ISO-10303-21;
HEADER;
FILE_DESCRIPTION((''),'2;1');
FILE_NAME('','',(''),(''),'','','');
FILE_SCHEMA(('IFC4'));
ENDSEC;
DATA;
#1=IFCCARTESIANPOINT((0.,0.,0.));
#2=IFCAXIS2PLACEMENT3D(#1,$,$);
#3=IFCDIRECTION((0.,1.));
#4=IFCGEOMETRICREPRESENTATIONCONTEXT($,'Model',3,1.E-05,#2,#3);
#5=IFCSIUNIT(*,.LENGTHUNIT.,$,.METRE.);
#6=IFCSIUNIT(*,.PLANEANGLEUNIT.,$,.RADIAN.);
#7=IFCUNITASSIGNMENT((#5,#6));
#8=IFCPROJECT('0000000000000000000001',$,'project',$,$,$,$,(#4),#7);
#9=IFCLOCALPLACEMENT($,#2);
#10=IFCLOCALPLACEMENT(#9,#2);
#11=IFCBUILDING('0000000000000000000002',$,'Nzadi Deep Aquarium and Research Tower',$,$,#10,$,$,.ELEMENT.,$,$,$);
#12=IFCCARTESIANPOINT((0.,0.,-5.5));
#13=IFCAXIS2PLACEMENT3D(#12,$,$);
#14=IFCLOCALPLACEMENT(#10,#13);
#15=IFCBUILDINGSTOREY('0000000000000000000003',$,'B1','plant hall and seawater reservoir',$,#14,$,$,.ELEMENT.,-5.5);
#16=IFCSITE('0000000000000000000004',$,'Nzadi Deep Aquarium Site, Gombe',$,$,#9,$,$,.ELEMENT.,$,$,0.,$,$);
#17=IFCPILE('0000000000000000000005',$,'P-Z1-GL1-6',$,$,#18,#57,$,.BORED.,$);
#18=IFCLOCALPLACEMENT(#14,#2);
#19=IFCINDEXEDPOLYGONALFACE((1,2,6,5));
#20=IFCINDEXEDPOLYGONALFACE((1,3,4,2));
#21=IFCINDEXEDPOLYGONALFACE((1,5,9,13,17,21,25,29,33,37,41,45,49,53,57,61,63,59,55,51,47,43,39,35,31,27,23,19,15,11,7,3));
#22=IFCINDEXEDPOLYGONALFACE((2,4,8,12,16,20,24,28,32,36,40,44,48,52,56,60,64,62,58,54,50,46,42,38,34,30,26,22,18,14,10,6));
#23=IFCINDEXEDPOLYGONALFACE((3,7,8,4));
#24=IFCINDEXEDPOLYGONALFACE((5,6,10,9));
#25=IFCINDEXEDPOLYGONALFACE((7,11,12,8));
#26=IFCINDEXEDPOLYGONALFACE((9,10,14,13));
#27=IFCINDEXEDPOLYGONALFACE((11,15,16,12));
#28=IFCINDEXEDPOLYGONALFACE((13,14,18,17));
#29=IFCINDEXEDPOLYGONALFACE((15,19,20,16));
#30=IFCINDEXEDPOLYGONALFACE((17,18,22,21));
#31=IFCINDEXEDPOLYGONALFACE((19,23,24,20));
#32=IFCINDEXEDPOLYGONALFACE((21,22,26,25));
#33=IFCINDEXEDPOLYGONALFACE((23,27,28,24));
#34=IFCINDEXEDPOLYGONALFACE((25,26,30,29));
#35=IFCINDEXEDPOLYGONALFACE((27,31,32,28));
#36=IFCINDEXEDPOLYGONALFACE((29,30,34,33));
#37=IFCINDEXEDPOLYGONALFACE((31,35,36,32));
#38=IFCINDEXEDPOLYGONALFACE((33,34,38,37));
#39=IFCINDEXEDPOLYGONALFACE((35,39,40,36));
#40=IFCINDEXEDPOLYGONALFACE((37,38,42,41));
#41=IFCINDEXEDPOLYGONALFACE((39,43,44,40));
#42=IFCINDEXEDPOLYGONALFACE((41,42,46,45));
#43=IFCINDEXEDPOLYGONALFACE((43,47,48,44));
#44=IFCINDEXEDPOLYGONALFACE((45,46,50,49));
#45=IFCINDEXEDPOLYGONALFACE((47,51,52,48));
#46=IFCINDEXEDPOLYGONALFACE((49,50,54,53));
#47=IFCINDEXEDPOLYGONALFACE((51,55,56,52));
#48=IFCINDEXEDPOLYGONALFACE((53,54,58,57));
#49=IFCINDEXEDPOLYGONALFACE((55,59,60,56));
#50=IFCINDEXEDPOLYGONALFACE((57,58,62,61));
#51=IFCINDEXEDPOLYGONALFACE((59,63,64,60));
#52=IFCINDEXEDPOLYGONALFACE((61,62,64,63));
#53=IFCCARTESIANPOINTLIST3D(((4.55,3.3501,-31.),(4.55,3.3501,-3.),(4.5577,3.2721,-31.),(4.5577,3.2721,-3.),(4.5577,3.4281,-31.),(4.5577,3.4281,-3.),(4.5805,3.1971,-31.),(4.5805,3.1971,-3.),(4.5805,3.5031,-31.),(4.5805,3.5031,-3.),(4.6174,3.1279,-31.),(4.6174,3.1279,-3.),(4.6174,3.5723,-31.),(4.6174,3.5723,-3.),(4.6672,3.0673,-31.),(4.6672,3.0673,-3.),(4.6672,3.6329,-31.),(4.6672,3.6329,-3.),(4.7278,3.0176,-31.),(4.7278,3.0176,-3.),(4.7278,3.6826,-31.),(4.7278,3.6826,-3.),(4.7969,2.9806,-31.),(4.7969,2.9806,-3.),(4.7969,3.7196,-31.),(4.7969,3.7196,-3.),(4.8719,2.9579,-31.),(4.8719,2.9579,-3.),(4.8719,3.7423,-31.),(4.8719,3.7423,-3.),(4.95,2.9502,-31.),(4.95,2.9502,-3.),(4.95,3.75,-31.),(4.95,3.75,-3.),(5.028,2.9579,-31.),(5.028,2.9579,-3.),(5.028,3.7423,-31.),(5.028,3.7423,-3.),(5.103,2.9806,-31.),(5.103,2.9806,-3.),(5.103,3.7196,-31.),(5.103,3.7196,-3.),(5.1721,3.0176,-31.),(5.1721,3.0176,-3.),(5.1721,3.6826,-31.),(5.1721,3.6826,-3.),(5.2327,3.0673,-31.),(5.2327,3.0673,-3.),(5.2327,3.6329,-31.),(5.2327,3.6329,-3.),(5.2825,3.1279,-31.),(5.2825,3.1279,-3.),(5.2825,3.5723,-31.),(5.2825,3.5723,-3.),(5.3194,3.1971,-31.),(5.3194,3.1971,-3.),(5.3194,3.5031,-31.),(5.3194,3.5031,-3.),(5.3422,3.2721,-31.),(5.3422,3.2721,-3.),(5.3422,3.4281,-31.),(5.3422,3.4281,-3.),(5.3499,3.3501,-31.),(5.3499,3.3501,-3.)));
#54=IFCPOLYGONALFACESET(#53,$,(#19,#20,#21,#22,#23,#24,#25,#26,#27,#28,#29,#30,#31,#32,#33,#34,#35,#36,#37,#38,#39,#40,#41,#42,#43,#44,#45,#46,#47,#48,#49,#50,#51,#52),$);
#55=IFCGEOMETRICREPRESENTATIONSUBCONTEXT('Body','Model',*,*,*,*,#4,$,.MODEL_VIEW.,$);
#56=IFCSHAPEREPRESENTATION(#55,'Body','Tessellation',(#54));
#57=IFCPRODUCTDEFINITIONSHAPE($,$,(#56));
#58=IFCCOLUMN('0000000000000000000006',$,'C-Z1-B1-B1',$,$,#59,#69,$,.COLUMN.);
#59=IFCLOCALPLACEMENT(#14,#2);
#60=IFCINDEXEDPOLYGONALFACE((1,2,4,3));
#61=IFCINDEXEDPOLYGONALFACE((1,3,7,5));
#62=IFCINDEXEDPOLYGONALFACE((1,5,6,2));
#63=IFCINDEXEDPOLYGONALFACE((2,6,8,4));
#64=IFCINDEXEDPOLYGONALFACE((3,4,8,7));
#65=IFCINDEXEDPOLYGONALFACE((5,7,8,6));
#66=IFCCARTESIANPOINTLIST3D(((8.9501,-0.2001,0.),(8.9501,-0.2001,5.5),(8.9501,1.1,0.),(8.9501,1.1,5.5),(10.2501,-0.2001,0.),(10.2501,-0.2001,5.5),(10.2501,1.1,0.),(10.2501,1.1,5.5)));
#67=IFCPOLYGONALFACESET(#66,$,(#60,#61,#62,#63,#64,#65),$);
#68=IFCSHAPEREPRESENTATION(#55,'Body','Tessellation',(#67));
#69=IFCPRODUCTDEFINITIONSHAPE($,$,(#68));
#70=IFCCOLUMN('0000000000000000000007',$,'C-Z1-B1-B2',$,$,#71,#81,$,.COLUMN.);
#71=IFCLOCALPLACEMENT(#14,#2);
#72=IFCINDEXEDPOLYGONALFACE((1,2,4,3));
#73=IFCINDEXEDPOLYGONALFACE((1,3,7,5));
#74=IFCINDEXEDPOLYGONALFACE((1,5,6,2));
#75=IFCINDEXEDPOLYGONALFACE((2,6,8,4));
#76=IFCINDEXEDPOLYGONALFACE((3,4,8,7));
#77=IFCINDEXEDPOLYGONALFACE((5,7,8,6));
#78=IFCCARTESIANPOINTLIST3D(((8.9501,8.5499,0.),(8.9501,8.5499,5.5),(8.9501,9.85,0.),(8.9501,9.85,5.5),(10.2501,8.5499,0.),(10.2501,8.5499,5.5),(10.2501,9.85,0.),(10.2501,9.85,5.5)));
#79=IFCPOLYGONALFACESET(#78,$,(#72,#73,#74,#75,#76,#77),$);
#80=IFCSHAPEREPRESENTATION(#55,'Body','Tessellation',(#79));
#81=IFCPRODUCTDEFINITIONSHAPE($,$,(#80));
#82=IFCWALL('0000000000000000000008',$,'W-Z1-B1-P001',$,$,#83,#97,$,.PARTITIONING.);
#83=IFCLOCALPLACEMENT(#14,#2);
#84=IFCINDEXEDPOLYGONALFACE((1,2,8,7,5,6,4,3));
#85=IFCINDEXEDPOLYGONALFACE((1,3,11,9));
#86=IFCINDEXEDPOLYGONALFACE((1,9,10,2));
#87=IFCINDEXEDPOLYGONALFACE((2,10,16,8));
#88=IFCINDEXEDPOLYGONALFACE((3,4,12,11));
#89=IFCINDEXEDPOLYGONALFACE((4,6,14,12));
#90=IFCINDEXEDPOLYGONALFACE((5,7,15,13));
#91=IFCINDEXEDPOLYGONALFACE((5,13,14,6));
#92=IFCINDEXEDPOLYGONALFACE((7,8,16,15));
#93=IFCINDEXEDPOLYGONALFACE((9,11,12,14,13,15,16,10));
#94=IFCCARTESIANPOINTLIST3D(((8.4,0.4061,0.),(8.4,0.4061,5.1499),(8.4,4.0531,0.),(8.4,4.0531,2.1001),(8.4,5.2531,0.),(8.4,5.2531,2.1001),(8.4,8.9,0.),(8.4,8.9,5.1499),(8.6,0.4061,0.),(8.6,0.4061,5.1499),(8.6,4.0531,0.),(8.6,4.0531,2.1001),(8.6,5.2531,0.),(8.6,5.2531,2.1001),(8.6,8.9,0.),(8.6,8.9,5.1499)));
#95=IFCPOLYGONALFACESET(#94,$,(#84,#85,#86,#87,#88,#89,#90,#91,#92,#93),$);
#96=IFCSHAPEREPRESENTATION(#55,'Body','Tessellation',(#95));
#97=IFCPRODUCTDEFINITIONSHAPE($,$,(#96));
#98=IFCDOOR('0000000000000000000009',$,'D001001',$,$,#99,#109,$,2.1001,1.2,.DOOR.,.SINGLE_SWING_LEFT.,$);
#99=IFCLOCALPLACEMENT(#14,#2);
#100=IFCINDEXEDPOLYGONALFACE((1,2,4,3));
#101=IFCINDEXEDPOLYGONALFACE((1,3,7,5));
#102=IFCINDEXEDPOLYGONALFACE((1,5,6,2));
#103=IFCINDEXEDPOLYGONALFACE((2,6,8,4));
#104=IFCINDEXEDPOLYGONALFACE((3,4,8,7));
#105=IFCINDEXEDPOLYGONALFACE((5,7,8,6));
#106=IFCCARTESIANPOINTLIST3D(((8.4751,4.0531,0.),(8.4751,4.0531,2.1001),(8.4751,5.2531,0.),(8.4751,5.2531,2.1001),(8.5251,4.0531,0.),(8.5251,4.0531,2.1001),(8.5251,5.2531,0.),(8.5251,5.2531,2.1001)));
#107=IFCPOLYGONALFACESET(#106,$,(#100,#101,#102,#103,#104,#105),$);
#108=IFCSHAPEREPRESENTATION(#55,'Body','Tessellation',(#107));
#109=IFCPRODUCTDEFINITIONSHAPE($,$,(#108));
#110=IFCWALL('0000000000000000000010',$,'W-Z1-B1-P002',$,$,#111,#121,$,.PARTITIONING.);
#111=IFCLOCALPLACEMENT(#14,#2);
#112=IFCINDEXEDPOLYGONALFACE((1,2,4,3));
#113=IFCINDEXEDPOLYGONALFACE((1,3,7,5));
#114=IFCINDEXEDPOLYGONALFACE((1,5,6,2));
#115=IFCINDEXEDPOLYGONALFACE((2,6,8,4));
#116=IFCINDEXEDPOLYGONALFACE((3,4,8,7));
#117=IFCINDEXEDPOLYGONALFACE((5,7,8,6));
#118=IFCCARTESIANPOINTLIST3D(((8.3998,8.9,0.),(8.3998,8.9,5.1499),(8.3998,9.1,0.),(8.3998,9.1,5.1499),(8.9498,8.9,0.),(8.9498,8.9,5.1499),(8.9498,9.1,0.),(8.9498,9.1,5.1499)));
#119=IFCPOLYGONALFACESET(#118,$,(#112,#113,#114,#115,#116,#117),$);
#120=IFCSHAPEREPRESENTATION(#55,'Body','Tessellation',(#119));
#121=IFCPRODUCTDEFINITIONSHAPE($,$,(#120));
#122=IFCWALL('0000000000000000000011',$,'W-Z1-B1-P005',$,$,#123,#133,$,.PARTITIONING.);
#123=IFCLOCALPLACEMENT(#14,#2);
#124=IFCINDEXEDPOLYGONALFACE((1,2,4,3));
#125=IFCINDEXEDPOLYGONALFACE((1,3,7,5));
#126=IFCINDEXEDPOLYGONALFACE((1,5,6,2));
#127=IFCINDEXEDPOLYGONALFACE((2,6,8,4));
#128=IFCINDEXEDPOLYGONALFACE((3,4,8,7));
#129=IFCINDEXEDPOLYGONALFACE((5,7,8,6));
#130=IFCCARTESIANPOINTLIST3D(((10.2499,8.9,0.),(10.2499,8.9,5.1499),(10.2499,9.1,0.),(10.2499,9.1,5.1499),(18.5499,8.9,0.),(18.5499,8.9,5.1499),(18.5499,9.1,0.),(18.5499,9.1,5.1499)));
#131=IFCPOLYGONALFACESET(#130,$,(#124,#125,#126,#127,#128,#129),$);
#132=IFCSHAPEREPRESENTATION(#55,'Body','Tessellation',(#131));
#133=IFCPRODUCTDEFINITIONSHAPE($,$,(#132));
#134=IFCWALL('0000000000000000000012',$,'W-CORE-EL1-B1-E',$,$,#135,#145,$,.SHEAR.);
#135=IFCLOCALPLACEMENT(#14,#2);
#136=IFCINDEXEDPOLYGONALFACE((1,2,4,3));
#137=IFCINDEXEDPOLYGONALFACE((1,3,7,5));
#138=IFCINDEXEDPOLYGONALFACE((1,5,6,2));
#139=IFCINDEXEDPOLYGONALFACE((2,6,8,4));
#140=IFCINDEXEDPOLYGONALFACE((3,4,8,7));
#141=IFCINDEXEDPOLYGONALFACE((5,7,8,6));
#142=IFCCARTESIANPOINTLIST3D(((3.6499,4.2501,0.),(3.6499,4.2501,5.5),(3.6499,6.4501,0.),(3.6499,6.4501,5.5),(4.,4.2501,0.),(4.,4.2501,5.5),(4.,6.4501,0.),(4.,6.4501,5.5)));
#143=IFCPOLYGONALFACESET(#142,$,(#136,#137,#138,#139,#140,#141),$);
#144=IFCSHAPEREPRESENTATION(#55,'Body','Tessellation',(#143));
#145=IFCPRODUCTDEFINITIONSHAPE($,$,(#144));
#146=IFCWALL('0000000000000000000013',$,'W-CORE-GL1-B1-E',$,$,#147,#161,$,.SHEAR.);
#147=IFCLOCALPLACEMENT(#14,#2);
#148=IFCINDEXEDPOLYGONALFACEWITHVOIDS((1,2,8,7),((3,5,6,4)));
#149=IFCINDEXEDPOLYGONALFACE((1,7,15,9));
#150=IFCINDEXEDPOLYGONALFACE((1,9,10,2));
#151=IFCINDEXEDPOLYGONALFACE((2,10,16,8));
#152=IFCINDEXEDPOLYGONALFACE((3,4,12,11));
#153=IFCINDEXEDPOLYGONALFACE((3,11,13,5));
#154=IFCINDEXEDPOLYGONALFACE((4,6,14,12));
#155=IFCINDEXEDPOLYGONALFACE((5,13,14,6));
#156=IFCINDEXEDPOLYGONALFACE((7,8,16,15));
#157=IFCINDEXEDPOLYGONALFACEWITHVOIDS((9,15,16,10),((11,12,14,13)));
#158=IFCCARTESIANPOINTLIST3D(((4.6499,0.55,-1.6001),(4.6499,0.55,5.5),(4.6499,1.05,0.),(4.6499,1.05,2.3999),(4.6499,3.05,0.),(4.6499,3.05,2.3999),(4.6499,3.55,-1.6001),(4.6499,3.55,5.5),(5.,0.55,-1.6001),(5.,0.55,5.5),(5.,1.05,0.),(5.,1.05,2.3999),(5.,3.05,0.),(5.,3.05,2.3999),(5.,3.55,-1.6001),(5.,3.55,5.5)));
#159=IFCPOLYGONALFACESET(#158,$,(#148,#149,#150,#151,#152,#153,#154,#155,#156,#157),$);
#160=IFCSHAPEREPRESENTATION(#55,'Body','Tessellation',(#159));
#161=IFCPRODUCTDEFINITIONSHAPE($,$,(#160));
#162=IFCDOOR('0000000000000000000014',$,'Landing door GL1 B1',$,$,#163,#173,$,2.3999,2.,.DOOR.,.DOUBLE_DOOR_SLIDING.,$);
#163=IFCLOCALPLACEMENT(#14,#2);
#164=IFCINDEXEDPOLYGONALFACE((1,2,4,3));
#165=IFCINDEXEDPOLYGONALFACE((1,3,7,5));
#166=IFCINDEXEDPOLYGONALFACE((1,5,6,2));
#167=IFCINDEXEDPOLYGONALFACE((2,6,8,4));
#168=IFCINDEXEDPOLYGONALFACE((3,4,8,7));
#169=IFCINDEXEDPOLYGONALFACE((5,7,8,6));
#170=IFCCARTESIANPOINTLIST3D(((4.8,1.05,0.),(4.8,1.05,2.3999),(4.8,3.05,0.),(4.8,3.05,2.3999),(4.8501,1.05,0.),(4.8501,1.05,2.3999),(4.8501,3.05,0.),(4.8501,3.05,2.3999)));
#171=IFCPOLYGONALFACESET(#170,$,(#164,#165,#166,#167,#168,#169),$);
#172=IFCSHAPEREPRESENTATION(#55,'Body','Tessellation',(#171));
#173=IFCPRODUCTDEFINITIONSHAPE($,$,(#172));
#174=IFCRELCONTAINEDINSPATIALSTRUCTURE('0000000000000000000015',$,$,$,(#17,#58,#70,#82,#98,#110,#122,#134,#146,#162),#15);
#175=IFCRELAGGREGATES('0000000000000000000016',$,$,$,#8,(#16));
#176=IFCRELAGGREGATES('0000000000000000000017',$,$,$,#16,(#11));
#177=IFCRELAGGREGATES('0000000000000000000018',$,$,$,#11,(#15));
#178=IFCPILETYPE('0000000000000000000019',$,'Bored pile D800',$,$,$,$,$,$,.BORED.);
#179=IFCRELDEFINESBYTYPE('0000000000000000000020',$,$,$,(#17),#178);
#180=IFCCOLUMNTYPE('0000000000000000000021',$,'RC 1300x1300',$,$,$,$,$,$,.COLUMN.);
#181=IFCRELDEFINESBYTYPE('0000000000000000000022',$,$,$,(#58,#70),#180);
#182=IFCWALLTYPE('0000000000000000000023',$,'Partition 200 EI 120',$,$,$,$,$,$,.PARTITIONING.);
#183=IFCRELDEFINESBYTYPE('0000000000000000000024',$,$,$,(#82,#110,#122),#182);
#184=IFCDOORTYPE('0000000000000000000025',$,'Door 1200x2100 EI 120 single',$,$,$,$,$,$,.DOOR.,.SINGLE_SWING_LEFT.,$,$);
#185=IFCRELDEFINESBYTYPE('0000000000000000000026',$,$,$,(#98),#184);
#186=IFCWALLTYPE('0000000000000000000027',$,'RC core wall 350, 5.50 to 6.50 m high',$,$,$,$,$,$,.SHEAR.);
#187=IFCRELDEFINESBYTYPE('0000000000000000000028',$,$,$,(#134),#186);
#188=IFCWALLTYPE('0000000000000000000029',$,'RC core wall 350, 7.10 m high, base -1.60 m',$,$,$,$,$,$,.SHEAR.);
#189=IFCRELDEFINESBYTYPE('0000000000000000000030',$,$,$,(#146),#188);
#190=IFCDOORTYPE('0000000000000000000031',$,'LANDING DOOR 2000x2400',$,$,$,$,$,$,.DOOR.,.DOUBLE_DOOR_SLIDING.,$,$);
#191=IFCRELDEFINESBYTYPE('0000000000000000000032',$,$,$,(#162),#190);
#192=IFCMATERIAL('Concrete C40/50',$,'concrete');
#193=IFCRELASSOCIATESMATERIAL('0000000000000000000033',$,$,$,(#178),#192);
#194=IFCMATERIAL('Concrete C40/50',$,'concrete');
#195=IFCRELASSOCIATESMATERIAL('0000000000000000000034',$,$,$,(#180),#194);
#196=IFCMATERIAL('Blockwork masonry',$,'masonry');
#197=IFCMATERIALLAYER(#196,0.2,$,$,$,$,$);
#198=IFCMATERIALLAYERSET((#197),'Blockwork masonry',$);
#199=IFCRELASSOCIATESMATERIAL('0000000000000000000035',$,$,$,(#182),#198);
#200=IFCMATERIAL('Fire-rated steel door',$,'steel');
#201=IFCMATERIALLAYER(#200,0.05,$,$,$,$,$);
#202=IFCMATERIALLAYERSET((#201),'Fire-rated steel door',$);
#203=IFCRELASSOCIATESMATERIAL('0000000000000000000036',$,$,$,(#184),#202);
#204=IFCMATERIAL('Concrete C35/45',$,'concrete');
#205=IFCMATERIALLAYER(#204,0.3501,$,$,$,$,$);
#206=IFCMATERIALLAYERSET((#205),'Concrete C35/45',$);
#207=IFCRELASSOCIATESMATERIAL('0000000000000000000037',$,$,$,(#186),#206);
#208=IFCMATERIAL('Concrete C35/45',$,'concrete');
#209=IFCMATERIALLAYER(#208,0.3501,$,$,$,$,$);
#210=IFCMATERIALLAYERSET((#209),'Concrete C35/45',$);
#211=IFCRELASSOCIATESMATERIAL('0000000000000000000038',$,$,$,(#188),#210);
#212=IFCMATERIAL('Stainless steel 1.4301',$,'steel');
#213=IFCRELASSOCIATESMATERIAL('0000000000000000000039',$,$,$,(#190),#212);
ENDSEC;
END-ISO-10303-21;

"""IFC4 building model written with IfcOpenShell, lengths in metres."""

from ifc_helpers import new_model, si_unit, direction, frame, frame_2d, origin, origin_2d, place, context, subcontext, project, spatial, rectangle, circle, extrude, material, layer, layer_set, material_profile, profile_set, type_object, element, fill, save


model = new_model("IFC4")

# Units and contexts
model_context = context("Model", 3, precision=1e-05, world=origin(), true_north=direction((0.0, 1.0)))
body_context = subcontext(model_context, "Body", "Model", "MODEL_VIEW")
ifc_project = project(units=[si_unit("LENGTHUNIT", "METRE"), si_unit("PLANEANGLEUNIT", "RADIAN")], contexts=[model_context])

# Site, building, storey
site_placement = place(None, origin())
site = spatial("IfcSite", under=ifc_project, at=site_placement, Name="Nzadi Deep Aquarium Site, Gombe", CompositionType="ELEMENT", RefElevation=0.0)
building_placement = place(site_placement, origin())
building = spatial("IfcBuilding", under=site, at=building_placement, Name="Nzadi Deep Aquarium and Research Tower", CompositionType="ELEMENT")
storey_placement = place(building_placement, frame((0.0, 0.0, -5.5)))
storey = spatial("IfcBuildingStorey", under=building, at=storey_placement, Name="B1", Description="plant hall and seawater reservoir", CompositionType="ELEMENT", Elevation=-5.5)

# Pile
ifc_material_1 = material(Name="Concrete C40/50", Category="concrete")
ifc_material_profile_1 = material_profile(ifc_material_1, circle(Radius=0.3999, at=origin_2d()))
ifc_profile_set_1 = profile_set([ifc_material_profile_1], Name="Concrete C40/50")
pile_type_1 = type_object("IfcPileType", Name="Bored pile D800", PredefinedType="BORED", material=ifc_profile_set_1)
for number, where, z_axis, x_axis, name in (
    (1, (4.95, 3.3501, -3.0), (0.0, 0.0, -1.0), (1.0, 0.0, 0.0), "P-Z1-GL1-6"),
):
    element("IfcPile", number, at=place(storey_placement, frame(where, z_axis=z_axis, x_axis=x_axis)), inside=storey, type_object=pile_type_1, Name=name, PredefinedType="BORED", context=body_context, shape_type="SweptSolid", body=[
        extrude(circle(Radius=0.3999, at=origin_2d()), origin(), (0.0, 0.0, 1.0), 28.0),
    ])

# Columns
ifc_material_2 = material(Name="Concrete C40/50", Category="concrete")
ifc_material_profile_2 = material_profile(ifc_material_2, rectangle(XDim=1.3, YDim=1.3, at=origin_2d()))
ifc_profile_set_2 = profile_set([ifc_material_profile_2], Name="Concrete C40/50")
column_type = type_object("IfcColumnType", Name="RC 1300x1300", PredefinedType="COLUMN", material=ifc_profile_set_2)
for number, where, z_axis, x_axis, name in (
    (2, (9.6001, 0.45, 0.0), (0.0, 0.0, 1.0), (1.0, 0.0, 0.0), "C-Z1-B1-B1"),
    (3, (9.6001, 9.2, 0.0), (0.0, 0.0, 1.0), (1.0, 0.0, 0.0), "C-Z1-B1-B2"),
):
    element("IfcColumn", number, at=place(storey_placement, frame(where, z_axis=z_axis, x_axis=x_axis)), inside=storey, type_object=column_type, Name=name, PredefinedType="COLUMN", context=body_context, shape_type="SweptSolid", body=[
        extrude(rectangle(XDim=1.3, YDim=1.3, at=origin_2d()), origin(), (0.0, 0.0, 1.0), 5.5),
    ])

# Wall, opening, door
ifc_material_3 = material(Name="Blockwork masonry", Category="masonry")
ifc_layer_1 = layer(ifc_material_3, 0.2)
ifc_layer_set_1 = layer_set([ifc_layer_1], Name="Blockwork masonry")
wall_type_1 = type_object("IfcWallType", Name="Partition 200 EI 120", PredefinedType="PARTITIONING", material=ifc_layer_set_1)
wall_1_placement = place(storey_placement, frame((8.5, 0.406, 0.0), z_axis=(0.0, 0.0, 1.0), x_axis=(0.0, 1.0, 0.0)))
wall_1 = element("IfcWall", 4, at=wall_1_placement, inside=storey, type_object=wall_type_1, Name="W-Z1-B1-P001", PredefinedType="PARTITIONING", context=body_context, shape_type="SweptSolid", body=[
    extrude(rectangle(XDim=8.4939, YDim=0.2, at=frame_2d((4.2471, 0.0))), origin(), (0.0, 0.0, 1.0), 5.1499),
])
opening_1_placement = place(wall_1_placement, frame((3.647, 0.0, 0.0)))
opening_1 = element("IfcOpeningElement", 5, at=opening_1_placement, cuts=wall_1, PredefinedType="OPENING", context=body_context, shape_type="SweptSolid", body=[
    extrude(rectangle(XDim=1.2, YDim=2.1001, at=frame_2d((0.6001, 1.05))), frame((0.0, 0.1101, 0.0), z_axis=(0.0, -1.0, 0.0), x_axis=(1.0, 0.0, 0.0)), (0.0, 0.0, 1.0), 0.2202),
])
ifc_material_4 = material(Name="Fire-rated steel door", Category="steel")
ifc_layer_2 = layer(ifc_material_4, 0.05)
ifc_layer_set_2 = layer_set([ifc_layer_2], Name="Fire-rated steel door")
door_type_1 = type_object("IfcDoorType", Name="Door 1200x2100 EI 120 single", OperationType="SINGLE_SWING_LEFT", PredefinedType="DOOR", material=ifc_layer_set_2)
door_1_placement = place(opening_1_placement, origin())
door_1 = element("IfcDoor", 6, at=door_1_placement, inside=storey, type_object=door_type_1, Name="D001001", OperationType="SINGLE_SWING_LEFT", OverallHeight=2.1001, OverallWidth=1.2, PredefinedType="DOOR", context=body_context, shape_type="SweptSolid", body=[
    extrude(rectangle(XDim=1.2, YDim=2.1001, at=frame_2d((0.6001, 1.05))), frame((0.0, 0.0249, 0.0), z_axis=(0.0, -1.0, 0.0), x_axis=(1.0, 0.0, 0.0)), (0.0, 0.0, 1.0), 0.05),
])
fill(opening_1, door_1)

# Walls
wall_2_placement = place(storey_placement, frame((8.3999, 9.0, 0.0), z_axis=(0.0, 0.0, 1.0), x_axis=(1.0, 0.0, 0.0)))
element("IfcWall", 7, at=wall_2_placement, inside=storey, type_object=wall_type_1, Name="W-Z1-B1-P002", PredefinedType="PARTITIONING", context=body_context, shape_type="SweptSolid", body=[
    extrude(rectangle(XDim=0.55, YDim=0.2, at=frame_2d((0.2749, 0.0))), origin(), (0.0, 0.0, 1.0), 5.1499),
])
wall_3_placement = place(storey_placement, frame((10.25, 9.0, 0.0), z_axis=(0.0, 0.0, 1.0), x_axis=(1.0, 0.0, 0.0)))
element("IfcWall", 8, at=wall_3_placement, inside=storey, type_object=wall_type_1, Name="W-Z1-B1-P005", PredefinedType="PARTITIONING", context=body_context, shape_type="SweptSolid", body=[
    extrude(rectangle(XDim=8.3, YDim=0.2, at=frame_2d((4.1499, 0.0))), origin(), (0.0, 0.0, 1.0), 5.1499),
])
ifc_material_5 = material(Name="Concrete C35/45", Category="concrete")
ifc_layer_3 = layer(ifc_material_5, 0.3501)
ifc_layer_set_3 = layer_set([ifc_layer_3], Name="Concrete C35/45")
wall_type_2 = type_object("IfcWallType", Name="RC core wall 350, 5.50 to 6.50 m high", PredefinedType="SHEAR", material=ifc_layer_set_3)
wall_4_placement = place(storey_placement, frame((3.825, 4.25, 0.0), z_axis=(0.0, 0.0, 1.0), x_axis=(0.0, 1.0, 0.0)))
element("IfcWall", 9, at=wall_4_placement, inside=storey, type_object=wall_type_2, Name="W-CORE-EL1-B1-E", PredefinedType="SHEAR", context=body_context, shape_type="SweptSolid", body=[
    extrude(rectangle(XDim=2.2, YDim=0.3501, at=frame_2d((1.1001, 0.0))), origin(), (0.0, 0.0, 1.0), 5.5),
])

# Wall, opening, door
ifc_material_6 = material(Name="Concrete C35/45", Category="concrete")
ifc_layer_4 = layer(ifc_material_6, 0.3501)
ifc_layer_set_4 = layer_set([ifc_layer_4], Name="Concrete C35/45")
wall_type_3 = type_object("IfcWallType", Name="RC core wall 350, 7.10 m high, base -1.60 m", PredefinedType="SHEAR", material=ifc_layer_set_4)
wall_5_placement = place(storey_placement, frame((4.825, 0.55, -1.6001), z_axis=(0.0, 0.0, 1.0), x_axis=(0.0, 1.0, 0.0)))
wall_5 = element("IfcWall", 10, at=wall_5_placement, inside=storey, type_object=wall_type_3, Name="W-CORE-GL1-B1-E", PredefinedType="SHEAR", context=body_context, shape_type="SweptSolid", body=[
    extrude(rectangle(XDim=3.0, YDim=0.3501, at=frame_2d((1.5, 0.0))), origin(), (0.0, 0.0, 1.0), 7.1001),
])
opening_2_placement = place(wall_5_placement, frame((0.5, 0.0, 1.6001)))
opening_2 = element("IfcOpeningElement", 11, at=opening_2_placement, cuts=wall_5, PredefinedType="OPENING", context=body_context, shape_type="SweptSolid", body=[
    extrude(rectangle(XDim=2.0, YDim=2.3999, at=frame_2d((1.0, 1.2))), frame((0.0, 0.1851, 0.0), z_axis=(0.0, -1.0, 0.0), x_axis=(1.0, 0.0, 0.0)), (0.0, 0.0, 1.0), 0.3701),
])
ifc_material_7 = material(Name="Stainless steel 1.4301", Category="steel")
door_type_2 = type_object("IfcDoorType", Name="LANDING DOOR 2000x2400", OperationType="DOUBLE_DOOR_SLIDING", PredefinedType="DOOR", material=ifc_material_7)
door_2_placement = place(opening_2_placement, origin())
door_2 = element("IfcDoor", 12, at=door_2_placement, inside=storey, type_object=door_type_2, Name="Landing door GL1 B1", OperationType="DOUBLE_DOOR_SLIDING", OverallHeight=2.3999, OverallWidth=2.0, PredefinedType="DOOR", context=body_context, shape_type="SweptSolid", body=[
    extrude(rectangle(XDim=2.0, YDim=2.3999, at=frame_2d((1.0, 1.2))), frame((0.0, 0.0249, 0.0), z_axis=(0.0, -1.0, 0.0), x_axis=(1.0, 0.0, 0.0)), (0.0, 0.0, 1.0), 0.05),
])
fill(opening_2, door_2)

save(model, "model.ifc")
